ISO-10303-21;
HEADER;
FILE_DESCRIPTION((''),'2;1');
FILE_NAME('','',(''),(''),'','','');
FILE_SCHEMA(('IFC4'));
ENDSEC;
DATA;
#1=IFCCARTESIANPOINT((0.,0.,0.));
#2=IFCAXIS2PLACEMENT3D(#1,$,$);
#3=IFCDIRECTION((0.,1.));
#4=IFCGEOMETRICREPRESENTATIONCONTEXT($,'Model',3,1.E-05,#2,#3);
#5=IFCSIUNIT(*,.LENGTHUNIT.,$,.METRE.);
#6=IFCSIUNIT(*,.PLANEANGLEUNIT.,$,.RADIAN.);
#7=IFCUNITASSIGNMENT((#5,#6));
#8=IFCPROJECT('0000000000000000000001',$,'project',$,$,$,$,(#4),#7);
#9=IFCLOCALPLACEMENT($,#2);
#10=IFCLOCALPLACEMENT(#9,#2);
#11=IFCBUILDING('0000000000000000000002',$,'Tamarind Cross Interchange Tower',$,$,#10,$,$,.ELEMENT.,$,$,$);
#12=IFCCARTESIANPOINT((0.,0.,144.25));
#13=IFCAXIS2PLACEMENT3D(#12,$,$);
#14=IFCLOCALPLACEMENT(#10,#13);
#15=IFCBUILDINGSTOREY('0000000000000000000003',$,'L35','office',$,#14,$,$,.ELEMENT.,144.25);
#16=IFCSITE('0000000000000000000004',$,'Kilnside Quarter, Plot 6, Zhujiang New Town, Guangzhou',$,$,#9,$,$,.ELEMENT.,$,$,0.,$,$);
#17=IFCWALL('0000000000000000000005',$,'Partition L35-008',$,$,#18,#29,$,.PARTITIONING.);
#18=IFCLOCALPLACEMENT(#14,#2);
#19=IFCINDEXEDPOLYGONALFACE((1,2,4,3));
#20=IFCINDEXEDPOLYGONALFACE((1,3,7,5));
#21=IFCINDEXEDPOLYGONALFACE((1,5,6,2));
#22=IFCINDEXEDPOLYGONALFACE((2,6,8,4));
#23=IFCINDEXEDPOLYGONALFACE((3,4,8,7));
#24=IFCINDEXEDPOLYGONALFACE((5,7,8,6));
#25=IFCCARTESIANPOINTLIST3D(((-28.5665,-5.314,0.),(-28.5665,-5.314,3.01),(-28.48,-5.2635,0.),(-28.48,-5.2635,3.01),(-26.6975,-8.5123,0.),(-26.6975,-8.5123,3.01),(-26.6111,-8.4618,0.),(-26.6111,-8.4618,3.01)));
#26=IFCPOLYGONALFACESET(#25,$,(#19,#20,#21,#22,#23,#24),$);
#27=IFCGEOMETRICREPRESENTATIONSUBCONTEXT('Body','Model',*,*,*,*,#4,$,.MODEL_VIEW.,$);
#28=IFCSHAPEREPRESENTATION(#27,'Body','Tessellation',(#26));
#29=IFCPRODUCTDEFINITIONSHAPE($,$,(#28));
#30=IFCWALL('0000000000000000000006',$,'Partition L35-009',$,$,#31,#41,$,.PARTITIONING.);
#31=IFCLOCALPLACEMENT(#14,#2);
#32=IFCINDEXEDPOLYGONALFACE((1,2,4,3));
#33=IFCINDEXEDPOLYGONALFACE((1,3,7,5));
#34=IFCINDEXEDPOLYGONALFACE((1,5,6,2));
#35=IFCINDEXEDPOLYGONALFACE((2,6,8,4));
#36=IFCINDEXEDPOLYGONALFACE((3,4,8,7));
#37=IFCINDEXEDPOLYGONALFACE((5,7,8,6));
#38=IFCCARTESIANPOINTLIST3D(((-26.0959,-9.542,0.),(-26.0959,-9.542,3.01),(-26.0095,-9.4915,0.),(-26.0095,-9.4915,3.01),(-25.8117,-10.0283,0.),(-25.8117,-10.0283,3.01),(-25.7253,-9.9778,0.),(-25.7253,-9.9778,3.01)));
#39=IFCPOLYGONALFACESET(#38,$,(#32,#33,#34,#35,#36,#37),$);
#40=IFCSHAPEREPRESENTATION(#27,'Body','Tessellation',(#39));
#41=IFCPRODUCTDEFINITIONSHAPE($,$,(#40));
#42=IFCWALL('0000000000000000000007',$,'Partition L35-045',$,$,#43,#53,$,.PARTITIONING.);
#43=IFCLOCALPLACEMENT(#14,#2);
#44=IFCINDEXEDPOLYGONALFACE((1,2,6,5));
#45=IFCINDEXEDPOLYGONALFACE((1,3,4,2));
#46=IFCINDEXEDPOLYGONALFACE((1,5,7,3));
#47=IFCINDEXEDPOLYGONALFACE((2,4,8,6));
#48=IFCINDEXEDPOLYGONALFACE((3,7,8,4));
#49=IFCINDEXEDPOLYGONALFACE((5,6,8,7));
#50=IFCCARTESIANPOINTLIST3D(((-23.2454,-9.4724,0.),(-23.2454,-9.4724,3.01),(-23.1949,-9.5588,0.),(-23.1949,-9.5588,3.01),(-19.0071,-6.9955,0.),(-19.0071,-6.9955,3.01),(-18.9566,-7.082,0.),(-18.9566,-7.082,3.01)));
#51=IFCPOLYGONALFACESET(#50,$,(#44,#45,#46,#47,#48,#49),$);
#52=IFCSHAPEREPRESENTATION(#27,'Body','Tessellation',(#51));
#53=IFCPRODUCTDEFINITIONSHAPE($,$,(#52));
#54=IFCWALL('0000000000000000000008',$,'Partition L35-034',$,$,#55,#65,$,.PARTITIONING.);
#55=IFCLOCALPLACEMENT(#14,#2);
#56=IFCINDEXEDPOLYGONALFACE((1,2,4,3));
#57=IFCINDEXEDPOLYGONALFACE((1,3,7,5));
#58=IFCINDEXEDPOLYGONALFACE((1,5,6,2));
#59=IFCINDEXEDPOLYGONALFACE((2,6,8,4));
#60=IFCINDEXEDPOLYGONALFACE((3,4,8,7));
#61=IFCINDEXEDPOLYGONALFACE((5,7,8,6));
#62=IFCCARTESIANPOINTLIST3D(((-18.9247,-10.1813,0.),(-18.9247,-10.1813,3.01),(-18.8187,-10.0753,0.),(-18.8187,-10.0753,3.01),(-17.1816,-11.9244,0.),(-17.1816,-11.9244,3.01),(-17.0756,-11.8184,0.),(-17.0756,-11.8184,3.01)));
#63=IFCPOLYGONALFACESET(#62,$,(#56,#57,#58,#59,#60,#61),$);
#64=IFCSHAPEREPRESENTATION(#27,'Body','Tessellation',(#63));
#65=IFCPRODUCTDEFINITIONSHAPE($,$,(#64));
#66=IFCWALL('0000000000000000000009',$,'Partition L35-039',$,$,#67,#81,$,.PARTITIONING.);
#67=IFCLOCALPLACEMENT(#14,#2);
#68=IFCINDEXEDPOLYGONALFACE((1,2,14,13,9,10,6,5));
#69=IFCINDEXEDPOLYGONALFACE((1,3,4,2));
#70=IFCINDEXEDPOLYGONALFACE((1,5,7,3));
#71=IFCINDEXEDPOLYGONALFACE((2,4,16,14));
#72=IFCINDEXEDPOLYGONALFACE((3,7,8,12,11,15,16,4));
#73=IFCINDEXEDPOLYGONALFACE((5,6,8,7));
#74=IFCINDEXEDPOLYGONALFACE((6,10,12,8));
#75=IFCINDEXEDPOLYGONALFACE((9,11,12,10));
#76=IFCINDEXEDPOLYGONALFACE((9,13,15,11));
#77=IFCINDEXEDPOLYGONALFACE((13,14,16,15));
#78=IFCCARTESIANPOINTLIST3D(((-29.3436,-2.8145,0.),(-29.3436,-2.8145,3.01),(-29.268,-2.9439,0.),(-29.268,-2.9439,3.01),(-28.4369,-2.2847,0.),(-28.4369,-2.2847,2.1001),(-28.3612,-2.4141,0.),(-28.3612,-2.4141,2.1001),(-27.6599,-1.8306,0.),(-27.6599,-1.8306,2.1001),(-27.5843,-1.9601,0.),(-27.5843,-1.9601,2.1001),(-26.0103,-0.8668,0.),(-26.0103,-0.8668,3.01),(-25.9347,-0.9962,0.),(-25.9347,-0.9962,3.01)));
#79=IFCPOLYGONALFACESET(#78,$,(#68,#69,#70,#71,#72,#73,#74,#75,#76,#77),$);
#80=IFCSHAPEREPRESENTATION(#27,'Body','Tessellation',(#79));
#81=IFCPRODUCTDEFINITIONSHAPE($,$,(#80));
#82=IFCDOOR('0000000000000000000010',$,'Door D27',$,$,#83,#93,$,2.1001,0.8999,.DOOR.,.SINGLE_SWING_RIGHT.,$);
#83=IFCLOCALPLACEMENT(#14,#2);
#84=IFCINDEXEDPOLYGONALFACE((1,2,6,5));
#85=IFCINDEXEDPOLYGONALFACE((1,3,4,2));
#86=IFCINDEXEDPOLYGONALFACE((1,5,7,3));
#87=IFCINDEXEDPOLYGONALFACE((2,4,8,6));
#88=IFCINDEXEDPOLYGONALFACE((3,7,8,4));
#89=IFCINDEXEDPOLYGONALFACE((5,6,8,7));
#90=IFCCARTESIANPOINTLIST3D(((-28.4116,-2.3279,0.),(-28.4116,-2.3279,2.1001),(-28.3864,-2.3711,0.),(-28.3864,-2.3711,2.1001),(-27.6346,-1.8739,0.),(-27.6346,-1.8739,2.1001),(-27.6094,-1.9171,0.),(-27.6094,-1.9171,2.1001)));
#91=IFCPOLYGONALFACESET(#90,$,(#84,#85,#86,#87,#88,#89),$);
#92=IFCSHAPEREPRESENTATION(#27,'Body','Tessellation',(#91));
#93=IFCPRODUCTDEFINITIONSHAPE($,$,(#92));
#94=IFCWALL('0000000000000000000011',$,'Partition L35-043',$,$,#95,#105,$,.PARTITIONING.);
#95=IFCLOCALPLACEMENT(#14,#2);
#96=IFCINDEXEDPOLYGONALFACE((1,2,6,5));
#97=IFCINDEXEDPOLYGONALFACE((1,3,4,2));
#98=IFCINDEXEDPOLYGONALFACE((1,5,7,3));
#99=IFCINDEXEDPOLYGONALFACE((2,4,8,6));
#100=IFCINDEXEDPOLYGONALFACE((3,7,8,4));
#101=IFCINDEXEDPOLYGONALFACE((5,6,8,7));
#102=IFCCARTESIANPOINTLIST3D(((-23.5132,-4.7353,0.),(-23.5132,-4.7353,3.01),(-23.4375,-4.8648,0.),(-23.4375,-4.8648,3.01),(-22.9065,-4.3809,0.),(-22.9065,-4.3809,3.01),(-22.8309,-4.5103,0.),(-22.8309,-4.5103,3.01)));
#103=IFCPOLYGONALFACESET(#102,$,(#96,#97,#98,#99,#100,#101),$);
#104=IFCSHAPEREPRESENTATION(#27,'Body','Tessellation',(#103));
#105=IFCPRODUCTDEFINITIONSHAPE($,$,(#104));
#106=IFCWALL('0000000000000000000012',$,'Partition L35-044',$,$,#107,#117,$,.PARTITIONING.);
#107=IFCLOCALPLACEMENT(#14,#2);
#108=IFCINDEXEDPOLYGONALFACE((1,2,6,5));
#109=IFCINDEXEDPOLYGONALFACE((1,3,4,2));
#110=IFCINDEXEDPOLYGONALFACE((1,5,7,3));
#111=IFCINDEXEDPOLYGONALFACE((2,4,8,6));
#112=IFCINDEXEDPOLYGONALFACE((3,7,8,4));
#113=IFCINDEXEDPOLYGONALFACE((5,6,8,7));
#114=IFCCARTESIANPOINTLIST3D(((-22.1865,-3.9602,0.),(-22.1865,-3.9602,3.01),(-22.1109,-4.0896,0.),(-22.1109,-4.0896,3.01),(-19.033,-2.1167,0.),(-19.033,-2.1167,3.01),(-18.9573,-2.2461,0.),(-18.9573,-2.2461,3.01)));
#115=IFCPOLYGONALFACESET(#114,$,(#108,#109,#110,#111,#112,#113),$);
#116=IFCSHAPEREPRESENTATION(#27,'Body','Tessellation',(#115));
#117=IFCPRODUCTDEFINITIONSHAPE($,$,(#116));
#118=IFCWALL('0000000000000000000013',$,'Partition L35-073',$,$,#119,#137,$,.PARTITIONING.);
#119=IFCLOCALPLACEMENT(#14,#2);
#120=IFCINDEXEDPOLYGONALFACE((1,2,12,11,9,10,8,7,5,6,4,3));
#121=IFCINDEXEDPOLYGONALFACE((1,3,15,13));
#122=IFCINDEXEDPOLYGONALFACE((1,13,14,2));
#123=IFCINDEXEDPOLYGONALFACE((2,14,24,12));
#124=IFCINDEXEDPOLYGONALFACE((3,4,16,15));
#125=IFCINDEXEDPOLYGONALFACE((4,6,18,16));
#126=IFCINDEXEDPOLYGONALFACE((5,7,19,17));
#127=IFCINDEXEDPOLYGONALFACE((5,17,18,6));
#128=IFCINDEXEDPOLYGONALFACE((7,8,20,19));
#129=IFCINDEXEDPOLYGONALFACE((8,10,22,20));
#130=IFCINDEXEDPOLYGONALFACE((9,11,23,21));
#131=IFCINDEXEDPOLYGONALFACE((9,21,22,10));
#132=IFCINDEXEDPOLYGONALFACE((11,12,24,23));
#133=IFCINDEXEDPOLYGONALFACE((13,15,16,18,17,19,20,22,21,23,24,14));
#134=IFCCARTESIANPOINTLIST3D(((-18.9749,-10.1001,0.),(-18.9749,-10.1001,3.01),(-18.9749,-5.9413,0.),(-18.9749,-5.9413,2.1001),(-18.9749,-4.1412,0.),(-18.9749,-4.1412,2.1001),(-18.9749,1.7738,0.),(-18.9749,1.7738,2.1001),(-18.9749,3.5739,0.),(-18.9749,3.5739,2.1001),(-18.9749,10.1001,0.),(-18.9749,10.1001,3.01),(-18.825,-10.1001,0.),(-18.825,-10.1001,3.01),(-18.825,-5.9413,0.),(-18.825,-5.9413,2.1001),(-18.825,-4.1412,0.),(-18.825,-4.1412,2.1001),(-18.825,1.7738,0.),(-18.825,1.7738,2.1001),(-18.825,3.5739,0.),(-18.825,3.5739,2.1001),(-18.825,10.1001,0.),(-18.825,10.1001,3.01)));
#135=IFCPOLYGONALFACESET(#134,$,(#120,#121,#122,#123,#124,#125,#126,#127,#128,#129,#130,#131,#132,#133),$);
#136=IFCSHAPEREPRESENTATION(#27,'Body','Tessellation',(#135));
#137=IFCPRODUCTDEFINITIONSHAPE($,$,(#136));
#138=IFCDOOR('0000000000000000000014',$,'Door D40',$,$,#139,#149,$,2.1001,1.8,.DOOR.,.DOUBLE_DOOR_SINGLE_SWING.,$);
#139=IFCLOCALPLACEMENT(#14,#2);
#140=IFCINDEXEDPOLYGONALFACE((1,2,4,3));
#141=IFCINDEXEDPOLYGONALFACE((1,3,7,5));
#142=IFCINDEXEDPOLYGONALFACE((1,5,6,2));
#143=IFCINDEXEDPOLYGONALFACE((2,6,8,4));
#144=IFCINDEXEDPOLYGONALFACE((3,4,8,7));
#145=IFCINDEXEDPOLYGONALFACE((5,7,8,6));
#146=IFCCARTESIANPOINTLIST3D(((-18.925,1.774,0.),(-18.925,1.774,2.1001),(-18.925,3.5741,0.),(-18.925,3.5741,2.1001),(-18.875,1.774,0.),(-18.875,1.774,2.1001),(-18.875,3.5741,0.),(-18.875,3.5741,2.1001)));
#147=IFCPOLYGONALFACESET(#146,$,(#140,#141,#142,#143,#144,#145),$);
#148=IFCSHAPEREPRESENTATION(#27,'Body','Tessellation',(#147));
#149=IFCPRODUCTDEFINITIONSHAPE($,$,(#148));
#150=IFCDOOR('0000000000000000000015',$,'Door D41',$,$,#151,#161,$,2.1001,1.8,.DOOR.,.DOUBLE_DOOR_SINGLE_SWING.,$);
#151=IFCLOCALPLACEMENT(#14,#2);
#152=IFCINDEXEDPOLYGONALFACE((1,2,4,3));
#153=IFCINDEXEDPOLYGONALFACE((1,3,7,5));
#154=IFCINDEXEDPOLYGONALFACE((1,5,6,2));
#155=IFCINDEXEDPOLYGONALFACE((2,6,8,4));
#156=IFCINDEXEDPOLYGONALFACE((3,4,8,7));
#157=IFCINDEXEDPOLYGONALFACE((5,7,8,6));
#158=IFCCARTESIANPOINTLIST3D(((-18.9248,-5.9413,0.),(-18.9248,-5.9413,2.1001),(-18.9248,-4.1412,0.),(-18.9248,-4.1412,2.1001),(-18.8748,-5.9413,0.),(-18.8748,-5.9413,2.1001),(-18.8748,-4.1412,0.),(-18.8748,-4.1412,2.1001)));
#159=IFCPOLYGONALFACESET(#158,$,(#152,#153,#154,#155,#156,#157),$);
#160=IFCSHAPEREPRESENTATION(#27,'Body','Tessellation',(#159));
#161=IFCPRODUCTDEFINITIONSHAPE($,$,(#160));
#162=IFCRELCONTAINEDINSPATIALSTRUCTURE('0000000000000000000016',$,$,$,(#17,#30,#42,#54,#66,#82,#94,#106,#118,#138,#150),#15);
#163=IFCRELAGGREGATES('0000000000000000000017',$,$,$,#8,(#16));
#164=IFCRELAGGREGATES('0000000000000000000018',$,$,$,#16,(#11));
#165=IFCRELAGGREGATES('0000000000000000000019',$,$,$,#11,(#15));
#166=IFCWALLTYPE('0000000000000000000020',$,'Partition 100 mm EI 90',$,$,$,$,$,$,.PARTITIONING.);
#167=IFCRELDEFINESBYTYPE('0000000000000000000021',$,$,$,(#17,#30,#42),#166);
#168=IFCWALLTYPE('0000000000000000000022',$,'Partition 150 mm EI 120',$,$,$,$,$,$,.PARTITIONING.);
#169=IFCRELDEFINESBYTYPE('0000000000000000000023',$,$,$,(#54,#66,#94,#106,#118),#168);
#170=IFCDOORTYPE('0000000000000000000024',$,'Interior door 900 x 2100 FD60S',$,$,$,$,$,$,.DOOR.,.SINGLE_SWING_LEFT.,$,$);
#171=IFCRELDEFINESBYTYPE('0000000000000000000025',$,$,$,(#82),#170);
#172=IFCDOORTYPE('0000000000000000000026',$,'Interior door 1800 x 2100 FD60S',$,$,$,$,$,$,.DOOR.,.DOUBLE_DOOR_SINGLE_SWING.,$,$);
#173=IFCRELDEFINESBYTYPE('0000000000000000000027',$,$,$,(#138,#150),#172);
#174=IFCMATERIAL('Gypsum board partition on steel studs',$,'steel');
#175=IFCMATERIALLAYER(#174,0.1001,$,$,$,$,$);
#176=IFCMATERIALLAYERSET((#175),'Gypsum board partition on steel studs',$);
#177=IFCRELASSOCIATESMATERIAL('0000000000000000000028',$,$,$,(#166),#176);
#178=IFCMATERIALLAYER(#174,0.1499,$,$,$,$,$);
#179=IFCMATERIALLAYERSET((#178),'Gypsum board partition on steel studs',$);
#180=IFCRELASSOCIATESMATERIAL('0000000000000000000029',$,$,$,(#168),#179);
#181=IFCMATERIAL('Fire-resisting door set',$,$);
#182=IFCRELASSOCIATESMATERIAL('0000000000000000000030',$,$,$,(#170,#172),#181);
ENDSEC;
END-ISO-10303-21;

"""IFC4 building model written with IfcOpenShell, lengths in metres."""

from ifc_helpers import new_model, si_unit, direction, frame, frame_2d, origin, place, context, subcontext, project, spatial, rectangle, extrude, material, layer, layer_set, type_object, element, fill, save


model = new_model("IFC4")

# Units and contexts
model_context = context("Model", 3, precision=1e-05, world=origin(), true_north=direction((0.0, 1.0)))
body_context = subcontext(model_context, "Body", "Model", "MODEL_VIEW")
ifc_project = project(units=[si_unit("LENGTHUNIT", "METRE"), si_unit("PLANEANGLEUNIT", "RADIAN")], contexts=[model_context])

# Site, building, storey
site_placement = place(None, origin())
site = spatial("IfcSite", under=ifc_project, at=site_placement, Name="Kilnside Quarter, Plot 6, Zhujiang New Town, Guangzhou", CompositionType="ELEMENT", RefElevation=0.0)
building_placement = place(site_placement, origin())
building = spatial("IfcBuilding", under=site, at=building_placement, Name="Tamarind Cross Interchange Tower", CompositionType="ELEMENT")
storey_placement = place(building_placement, frame((0.0, 0.0, 144.25)))
storey = spatial("IfcBuildingStorey", under=building, at=storey_placement, Name="L35", Description="office", CompositionType="ELEMENT", Elevation=144.25)

# Walls
ifc_material_1 = material(Name="Gypsum board partition on steel studs", Category="steel")
ifc_layer_1 = layer(ifc_material_1, 0.1001)
ifc_layer_set_1 = layer_set([ifc_layer_1], Name="Gypsum board partition on steel studs")
wall_type_1 = type_object("IfcWallType", Name="Partition 100 mm EI 90", PredefinedType="PARTITIONING", material=ifc_layer_set_1)
wall_1_placement = place(storey_placement, frame((-28.5232, -5.2888, 0.0), z_axis=(0.0, 0.0, 1.0), x_axis=(0.504527, -0.863396, 0.0)))
element("IfcWall", 1, at=wall_1_placement, inside=storey, type_object=wall_type_1, Name="Partition L35-008", PredefinedType="PARTITIONING", context=body_context, shape_type="SweptSolid", body=[
    extrude(rectangle(XDim=3.7043, YDim=0.1001, at=frame_2d((1.8521, 0.0))), origin(), (0.0, 0.0, 1.0), 3.01),
])
wall_2_placement = place(storey_placement, frame((-26.0527, -9.5166, 0.0), z_axis=(0.0, 0.0, 1.0), x_axis=(0.504518, -0.863401, 0.0)))
element("IfcWall", 2, at=wall_2_placement, inside=storey, type_object=wall_type_1, Name="Partition L35-009", PredefinedType="PARTITIONING", context=body_context, shape_type="SweptSolid", body=[
    extrude(rectangle(XDim=0.5632, YDim=0.1001, at=frame_2d((0.2817, 0.0))), origin(), (0.0, 0.0, 1.0), 3.01),
])
wall_3_placement = place(storey_placement, frame((-23.2202, -9.5156, 0.0), z_axis=(0.0, 0.0, 1.0), x_axis=(0.863382, 0.504551, 0.0)))
element("IfcWall", 3, at=wall_3_placement, inside=storey, type_object=wall_type_1, Name="Partition L35-045", PredefinedType="PARTITIONING", context=body_context, shape_type="SweptSolid", body=[
    extrude(rectangle(XDim=4.9089, YDim=0.1001, at=frame_2d((2.4546, 0.0))), origin(), (0.0, 0.0, 1.0), 3.01),
])
ifc_layer_2 = layer(ifc_material_1, 0.1499)
ifc_layer_set_2 = layer_set([ifc_layer_2], Name="Gypsum board partition on steel studs")
wall_type_2 = type_object("IfcWallType", Name="Partition 150 mm EI 120", PredefinedType="PARTITIONING", material=ifc_layer_set_2)
wall_4_placement = place(storey_placement, frame((-18.8716, -10.1284, 0.0), z_axis=(0.0, 0.0, 1.0), x_axis=(0.707107, -0.707107, 0.0)))
element("IfcWall", 4, at=wall_4_placement, inside=storey, type_object=wall_type_2, Name="Partition L35-034", PredefinedType="PARTITIONING", context=body_context, shape_type="SweptSolid", body=[
    extrude(rectangle(XDim=2.4651, YDim=0.1499, at=frame_2d((1.2324, 0.0))), origin(), (0.0, 0.0, 1.0), 3.01),
])

# Wall, opening, door
wall_5_placement = place(storey_placement, frame((-29.3057, -2.8792, 0.0), z_axis=(0.0, 0.0, 1.0), x_axis=(0.8634, 0.50452, 0.0)))
wall_5 = element("IfcWall", 5, at=wall_5_placement, inside=storey, type_object=wall_type_2, Name="Partition L35-039", PredefinedType="PARTITIONING", context=body_context, shape_type="SweptSolid", body=[
    extrude(rectangle(XDim=3.8606, YDim=0.1499, at=frame_2d((1.9302, 0.0))), origin(), (0.0, 0.0, 1.0), 3.01),
])
opening_1_placement = place(wall_5_placement, frame((1.05, 0.0, 0.0)))
opening_1 = element("IfcOpeningElement", 6, at=opening_1_placement, cuts=wall_5, PredefinedType="OPENING", context=body_context, shape_type="SweptSolid", body=[
    extrude(rectangle(XDim=0.8999, YDim=2.1001, at=frame_2d((0.45, 1.05))), frame((0.0, 0.085, 0.0), z_axis=(0.0, -1.0, 0.0), x_axis=(1.0, 0.0, 0.0)), (0.0, 0.0, 1.0), 0.1699),
])
ifc_material_2 = material(Name="Fire-resisting door set")
door_type_1 = type_object("IfcDoorType", Name="Interior door 900 x 2100 FD60S", OperationType="SINGLE_SWING_LEFT", PredefinedType="DOOR", material=ifc_material_2)
door_1_placement = place(opening_1_placement, origin())
door_1 = element("IfcDoor", 7, at=door_1_placement, inside=storey, type_object=door_type_1, Name="Door D27", OperationType="SINGLE_SWING_RIGHT", OverallHeight=2.1001, OverallWidth=0.8999, PredefinedType="DOOR", context=body_context, shape_type="SweptSolid", body=[
    extrude(rectangle(XDim=0.8999, YDim=2.1001, at=frame_2d((0.45, 1.05))), frame((0.0, 0.0249, 0.0), z_axis=(0.0, -1.0, 0.0), x_axis=(1.0, 0.0, 0.0)), (0.0, 0.0, 1.0), 0.05),
])
fill(opening_1, door_1)

# Walls
wall_6_placement = place(storey_placement, frame((-23.4753, -4.8, 0.0), z_axis=(0.0, 0.0, 1.0), x_axis=(0.863413, 0.504497, 0.0)))
element("IfcWall", 8, at=wall_6_placement, inside=storey, type_object=wall_type_2, Name="Partition L35-043", PredefinedType="PARTITIONING", context=body_context, shape_type="SweptSolid", body=[
    extrude(rectangle(XDim=0.7026, YDim=0.1499, at=frame_2d((0.3513, 0.0))), origin(), (0.0, 0.0, 1.0), 3.01),
])
wall_7_placement = place(storey_placement, frame((-22.1487, -4.0249, 0.0), z_axis=(0.0, 0.0, 1.0), x_axis=(0.863311, 0.504673, 0.0)))
element("IfcWall", 9, at=wall_7_placement, inside=storey, type_object=wall_type_2, Name="Partition L35-044", PredefinedType="PARTITIONING", context=body_context, shape_type="SweptSolid", body=[
    extrude(rectangle(XDim=3.6528, YDim=0.1499, at=frame_2d((1.8264, 0.0))), origin(), (0.0, 0.0, 1.0), 3.01),
])

# Wall, openings, doors
wall_8_placement = place(storey_placement, frame((-18.8999, -10.1001, 0.0), z_axis=(0.0, 0.0, 1.0), x_axis=(0.0, 1.0, 0.0)))
wall_8 = element("IfcWall", 10, at=wall_8_placement, inside=storey, type_object=wall_type_2, Name="Partition L35-073", PredefinedType="PARTITIONING", context=body_context, shape_type="SweptSolid", body=[
    extrude(rectangle(XDim=20.2002, YDim=0.1499, at=frame_2d((10.1001, 0.0))), origin(), (0.0, 0.0, 1.0), 3.01),
])
opening_2_placement = place(wall_8_placement, frame((11.874, 0.0, 0.0)))
opening_2 = element("IfcOpeningElement", 11, at=opening_2_placement, cuts=wall_8, PredefinedType="OPENING", context=body_context, shape_type="SweptSolid", body=[
    extrude(rectangle(XDim=1.8, YDim=2.1001, at=frame_2d((0.8999, 1.05))), frame((0.0, 0.085, 0.0), z_axis=(0.0, -1.0, 0.0), x_axis=(1.0, 0.0, 0.0)), (0.0, 0.0, 1.0), 0.1699),
])
opening_3_placement = place(wall_8_placement, frame((4.1589, 0.0, 0.0)))
opening_3 = element("IfcOpeningElement", 12, at=opening_3_placement, cuts=wall_8, PredefinedType="OPENING", context=body_context, shape_type="SweptSolid", body=[
    extrude(rectangle(XDim=1.8, YDim=2.1001, at=frame_2d((0.8999, 1.05))), frame((0.0, 0.085, 0.0), z_axis=(0.0, -1.0, 0.0), x_axis=(1.0, 0.0, 0.0)), (0.0, 0.0, 1.0), 0.1699),
])
door_type_2 = type_object("IfcDoorType", Name="Interior door 1800 x 2100 FD60S", OperationType="DOUBLE_DOOR_SINGLE_SWING", PredefinedType="DOOR", material=ifc_material_2)
door_2_placement = place(opening_2_placement, frame((1.8, 0.0, 0.0), z_axis=(0.0, 0.0, 1.0), x_axis=(-1.0, 0.0, 0.0)))
door_2 = element("IfcDoor", 13, at=door_2_placement, inside=storey, type_object=door_type_2, Name="Door D40", OperationType="DOUBLE_DOOR_SINGLE_SWING", OverallHeight=2.1001, OverallWidth=1.8, PredefinedType="DOOR", context=body_context, shape_type="SweptSolid", body=[
    extrude(rectangle(XDim=1.8, YDim=2.1001, at=frame_2d((0.8999, 1.05))), frame((0.0, 0.0249, 0.0), z_axis=(0.0, -1.0, 0.0), x_axis=(1.0, 0.0, 0.0)), (0.0, 0.0, 1.0), 0.05),
])
fill(opening_2, door_2)
door_3_placement = place(opening_3_placement, origin())
door_3 = element("IfcDoor", 14, at=door_3_placement, inside=storey, type_object=door_type_2, Name="Door D41", OperationType="DOUBLE_DOOR_SINGLE_SWING", OverallHeight=2.1001, OverallWidth=1.8, PredefinedType="DOOR", context=body_context, shape_type="SweptSolid", body=[
    extrude(rectangle(XDim=1.8, YDim=2.1001, at=frame_2d((0.8999, 1.05))), frame((0.0, 0.0249, 0.0), z_axis=(0.0, -1.0, 0.0), x_axis=(1.0, 0.0, 0.0)), (0.0, 0.0, 1.0), 0.05),
])
fill(opening_3, door_3)

save(model, "model.ifc")
